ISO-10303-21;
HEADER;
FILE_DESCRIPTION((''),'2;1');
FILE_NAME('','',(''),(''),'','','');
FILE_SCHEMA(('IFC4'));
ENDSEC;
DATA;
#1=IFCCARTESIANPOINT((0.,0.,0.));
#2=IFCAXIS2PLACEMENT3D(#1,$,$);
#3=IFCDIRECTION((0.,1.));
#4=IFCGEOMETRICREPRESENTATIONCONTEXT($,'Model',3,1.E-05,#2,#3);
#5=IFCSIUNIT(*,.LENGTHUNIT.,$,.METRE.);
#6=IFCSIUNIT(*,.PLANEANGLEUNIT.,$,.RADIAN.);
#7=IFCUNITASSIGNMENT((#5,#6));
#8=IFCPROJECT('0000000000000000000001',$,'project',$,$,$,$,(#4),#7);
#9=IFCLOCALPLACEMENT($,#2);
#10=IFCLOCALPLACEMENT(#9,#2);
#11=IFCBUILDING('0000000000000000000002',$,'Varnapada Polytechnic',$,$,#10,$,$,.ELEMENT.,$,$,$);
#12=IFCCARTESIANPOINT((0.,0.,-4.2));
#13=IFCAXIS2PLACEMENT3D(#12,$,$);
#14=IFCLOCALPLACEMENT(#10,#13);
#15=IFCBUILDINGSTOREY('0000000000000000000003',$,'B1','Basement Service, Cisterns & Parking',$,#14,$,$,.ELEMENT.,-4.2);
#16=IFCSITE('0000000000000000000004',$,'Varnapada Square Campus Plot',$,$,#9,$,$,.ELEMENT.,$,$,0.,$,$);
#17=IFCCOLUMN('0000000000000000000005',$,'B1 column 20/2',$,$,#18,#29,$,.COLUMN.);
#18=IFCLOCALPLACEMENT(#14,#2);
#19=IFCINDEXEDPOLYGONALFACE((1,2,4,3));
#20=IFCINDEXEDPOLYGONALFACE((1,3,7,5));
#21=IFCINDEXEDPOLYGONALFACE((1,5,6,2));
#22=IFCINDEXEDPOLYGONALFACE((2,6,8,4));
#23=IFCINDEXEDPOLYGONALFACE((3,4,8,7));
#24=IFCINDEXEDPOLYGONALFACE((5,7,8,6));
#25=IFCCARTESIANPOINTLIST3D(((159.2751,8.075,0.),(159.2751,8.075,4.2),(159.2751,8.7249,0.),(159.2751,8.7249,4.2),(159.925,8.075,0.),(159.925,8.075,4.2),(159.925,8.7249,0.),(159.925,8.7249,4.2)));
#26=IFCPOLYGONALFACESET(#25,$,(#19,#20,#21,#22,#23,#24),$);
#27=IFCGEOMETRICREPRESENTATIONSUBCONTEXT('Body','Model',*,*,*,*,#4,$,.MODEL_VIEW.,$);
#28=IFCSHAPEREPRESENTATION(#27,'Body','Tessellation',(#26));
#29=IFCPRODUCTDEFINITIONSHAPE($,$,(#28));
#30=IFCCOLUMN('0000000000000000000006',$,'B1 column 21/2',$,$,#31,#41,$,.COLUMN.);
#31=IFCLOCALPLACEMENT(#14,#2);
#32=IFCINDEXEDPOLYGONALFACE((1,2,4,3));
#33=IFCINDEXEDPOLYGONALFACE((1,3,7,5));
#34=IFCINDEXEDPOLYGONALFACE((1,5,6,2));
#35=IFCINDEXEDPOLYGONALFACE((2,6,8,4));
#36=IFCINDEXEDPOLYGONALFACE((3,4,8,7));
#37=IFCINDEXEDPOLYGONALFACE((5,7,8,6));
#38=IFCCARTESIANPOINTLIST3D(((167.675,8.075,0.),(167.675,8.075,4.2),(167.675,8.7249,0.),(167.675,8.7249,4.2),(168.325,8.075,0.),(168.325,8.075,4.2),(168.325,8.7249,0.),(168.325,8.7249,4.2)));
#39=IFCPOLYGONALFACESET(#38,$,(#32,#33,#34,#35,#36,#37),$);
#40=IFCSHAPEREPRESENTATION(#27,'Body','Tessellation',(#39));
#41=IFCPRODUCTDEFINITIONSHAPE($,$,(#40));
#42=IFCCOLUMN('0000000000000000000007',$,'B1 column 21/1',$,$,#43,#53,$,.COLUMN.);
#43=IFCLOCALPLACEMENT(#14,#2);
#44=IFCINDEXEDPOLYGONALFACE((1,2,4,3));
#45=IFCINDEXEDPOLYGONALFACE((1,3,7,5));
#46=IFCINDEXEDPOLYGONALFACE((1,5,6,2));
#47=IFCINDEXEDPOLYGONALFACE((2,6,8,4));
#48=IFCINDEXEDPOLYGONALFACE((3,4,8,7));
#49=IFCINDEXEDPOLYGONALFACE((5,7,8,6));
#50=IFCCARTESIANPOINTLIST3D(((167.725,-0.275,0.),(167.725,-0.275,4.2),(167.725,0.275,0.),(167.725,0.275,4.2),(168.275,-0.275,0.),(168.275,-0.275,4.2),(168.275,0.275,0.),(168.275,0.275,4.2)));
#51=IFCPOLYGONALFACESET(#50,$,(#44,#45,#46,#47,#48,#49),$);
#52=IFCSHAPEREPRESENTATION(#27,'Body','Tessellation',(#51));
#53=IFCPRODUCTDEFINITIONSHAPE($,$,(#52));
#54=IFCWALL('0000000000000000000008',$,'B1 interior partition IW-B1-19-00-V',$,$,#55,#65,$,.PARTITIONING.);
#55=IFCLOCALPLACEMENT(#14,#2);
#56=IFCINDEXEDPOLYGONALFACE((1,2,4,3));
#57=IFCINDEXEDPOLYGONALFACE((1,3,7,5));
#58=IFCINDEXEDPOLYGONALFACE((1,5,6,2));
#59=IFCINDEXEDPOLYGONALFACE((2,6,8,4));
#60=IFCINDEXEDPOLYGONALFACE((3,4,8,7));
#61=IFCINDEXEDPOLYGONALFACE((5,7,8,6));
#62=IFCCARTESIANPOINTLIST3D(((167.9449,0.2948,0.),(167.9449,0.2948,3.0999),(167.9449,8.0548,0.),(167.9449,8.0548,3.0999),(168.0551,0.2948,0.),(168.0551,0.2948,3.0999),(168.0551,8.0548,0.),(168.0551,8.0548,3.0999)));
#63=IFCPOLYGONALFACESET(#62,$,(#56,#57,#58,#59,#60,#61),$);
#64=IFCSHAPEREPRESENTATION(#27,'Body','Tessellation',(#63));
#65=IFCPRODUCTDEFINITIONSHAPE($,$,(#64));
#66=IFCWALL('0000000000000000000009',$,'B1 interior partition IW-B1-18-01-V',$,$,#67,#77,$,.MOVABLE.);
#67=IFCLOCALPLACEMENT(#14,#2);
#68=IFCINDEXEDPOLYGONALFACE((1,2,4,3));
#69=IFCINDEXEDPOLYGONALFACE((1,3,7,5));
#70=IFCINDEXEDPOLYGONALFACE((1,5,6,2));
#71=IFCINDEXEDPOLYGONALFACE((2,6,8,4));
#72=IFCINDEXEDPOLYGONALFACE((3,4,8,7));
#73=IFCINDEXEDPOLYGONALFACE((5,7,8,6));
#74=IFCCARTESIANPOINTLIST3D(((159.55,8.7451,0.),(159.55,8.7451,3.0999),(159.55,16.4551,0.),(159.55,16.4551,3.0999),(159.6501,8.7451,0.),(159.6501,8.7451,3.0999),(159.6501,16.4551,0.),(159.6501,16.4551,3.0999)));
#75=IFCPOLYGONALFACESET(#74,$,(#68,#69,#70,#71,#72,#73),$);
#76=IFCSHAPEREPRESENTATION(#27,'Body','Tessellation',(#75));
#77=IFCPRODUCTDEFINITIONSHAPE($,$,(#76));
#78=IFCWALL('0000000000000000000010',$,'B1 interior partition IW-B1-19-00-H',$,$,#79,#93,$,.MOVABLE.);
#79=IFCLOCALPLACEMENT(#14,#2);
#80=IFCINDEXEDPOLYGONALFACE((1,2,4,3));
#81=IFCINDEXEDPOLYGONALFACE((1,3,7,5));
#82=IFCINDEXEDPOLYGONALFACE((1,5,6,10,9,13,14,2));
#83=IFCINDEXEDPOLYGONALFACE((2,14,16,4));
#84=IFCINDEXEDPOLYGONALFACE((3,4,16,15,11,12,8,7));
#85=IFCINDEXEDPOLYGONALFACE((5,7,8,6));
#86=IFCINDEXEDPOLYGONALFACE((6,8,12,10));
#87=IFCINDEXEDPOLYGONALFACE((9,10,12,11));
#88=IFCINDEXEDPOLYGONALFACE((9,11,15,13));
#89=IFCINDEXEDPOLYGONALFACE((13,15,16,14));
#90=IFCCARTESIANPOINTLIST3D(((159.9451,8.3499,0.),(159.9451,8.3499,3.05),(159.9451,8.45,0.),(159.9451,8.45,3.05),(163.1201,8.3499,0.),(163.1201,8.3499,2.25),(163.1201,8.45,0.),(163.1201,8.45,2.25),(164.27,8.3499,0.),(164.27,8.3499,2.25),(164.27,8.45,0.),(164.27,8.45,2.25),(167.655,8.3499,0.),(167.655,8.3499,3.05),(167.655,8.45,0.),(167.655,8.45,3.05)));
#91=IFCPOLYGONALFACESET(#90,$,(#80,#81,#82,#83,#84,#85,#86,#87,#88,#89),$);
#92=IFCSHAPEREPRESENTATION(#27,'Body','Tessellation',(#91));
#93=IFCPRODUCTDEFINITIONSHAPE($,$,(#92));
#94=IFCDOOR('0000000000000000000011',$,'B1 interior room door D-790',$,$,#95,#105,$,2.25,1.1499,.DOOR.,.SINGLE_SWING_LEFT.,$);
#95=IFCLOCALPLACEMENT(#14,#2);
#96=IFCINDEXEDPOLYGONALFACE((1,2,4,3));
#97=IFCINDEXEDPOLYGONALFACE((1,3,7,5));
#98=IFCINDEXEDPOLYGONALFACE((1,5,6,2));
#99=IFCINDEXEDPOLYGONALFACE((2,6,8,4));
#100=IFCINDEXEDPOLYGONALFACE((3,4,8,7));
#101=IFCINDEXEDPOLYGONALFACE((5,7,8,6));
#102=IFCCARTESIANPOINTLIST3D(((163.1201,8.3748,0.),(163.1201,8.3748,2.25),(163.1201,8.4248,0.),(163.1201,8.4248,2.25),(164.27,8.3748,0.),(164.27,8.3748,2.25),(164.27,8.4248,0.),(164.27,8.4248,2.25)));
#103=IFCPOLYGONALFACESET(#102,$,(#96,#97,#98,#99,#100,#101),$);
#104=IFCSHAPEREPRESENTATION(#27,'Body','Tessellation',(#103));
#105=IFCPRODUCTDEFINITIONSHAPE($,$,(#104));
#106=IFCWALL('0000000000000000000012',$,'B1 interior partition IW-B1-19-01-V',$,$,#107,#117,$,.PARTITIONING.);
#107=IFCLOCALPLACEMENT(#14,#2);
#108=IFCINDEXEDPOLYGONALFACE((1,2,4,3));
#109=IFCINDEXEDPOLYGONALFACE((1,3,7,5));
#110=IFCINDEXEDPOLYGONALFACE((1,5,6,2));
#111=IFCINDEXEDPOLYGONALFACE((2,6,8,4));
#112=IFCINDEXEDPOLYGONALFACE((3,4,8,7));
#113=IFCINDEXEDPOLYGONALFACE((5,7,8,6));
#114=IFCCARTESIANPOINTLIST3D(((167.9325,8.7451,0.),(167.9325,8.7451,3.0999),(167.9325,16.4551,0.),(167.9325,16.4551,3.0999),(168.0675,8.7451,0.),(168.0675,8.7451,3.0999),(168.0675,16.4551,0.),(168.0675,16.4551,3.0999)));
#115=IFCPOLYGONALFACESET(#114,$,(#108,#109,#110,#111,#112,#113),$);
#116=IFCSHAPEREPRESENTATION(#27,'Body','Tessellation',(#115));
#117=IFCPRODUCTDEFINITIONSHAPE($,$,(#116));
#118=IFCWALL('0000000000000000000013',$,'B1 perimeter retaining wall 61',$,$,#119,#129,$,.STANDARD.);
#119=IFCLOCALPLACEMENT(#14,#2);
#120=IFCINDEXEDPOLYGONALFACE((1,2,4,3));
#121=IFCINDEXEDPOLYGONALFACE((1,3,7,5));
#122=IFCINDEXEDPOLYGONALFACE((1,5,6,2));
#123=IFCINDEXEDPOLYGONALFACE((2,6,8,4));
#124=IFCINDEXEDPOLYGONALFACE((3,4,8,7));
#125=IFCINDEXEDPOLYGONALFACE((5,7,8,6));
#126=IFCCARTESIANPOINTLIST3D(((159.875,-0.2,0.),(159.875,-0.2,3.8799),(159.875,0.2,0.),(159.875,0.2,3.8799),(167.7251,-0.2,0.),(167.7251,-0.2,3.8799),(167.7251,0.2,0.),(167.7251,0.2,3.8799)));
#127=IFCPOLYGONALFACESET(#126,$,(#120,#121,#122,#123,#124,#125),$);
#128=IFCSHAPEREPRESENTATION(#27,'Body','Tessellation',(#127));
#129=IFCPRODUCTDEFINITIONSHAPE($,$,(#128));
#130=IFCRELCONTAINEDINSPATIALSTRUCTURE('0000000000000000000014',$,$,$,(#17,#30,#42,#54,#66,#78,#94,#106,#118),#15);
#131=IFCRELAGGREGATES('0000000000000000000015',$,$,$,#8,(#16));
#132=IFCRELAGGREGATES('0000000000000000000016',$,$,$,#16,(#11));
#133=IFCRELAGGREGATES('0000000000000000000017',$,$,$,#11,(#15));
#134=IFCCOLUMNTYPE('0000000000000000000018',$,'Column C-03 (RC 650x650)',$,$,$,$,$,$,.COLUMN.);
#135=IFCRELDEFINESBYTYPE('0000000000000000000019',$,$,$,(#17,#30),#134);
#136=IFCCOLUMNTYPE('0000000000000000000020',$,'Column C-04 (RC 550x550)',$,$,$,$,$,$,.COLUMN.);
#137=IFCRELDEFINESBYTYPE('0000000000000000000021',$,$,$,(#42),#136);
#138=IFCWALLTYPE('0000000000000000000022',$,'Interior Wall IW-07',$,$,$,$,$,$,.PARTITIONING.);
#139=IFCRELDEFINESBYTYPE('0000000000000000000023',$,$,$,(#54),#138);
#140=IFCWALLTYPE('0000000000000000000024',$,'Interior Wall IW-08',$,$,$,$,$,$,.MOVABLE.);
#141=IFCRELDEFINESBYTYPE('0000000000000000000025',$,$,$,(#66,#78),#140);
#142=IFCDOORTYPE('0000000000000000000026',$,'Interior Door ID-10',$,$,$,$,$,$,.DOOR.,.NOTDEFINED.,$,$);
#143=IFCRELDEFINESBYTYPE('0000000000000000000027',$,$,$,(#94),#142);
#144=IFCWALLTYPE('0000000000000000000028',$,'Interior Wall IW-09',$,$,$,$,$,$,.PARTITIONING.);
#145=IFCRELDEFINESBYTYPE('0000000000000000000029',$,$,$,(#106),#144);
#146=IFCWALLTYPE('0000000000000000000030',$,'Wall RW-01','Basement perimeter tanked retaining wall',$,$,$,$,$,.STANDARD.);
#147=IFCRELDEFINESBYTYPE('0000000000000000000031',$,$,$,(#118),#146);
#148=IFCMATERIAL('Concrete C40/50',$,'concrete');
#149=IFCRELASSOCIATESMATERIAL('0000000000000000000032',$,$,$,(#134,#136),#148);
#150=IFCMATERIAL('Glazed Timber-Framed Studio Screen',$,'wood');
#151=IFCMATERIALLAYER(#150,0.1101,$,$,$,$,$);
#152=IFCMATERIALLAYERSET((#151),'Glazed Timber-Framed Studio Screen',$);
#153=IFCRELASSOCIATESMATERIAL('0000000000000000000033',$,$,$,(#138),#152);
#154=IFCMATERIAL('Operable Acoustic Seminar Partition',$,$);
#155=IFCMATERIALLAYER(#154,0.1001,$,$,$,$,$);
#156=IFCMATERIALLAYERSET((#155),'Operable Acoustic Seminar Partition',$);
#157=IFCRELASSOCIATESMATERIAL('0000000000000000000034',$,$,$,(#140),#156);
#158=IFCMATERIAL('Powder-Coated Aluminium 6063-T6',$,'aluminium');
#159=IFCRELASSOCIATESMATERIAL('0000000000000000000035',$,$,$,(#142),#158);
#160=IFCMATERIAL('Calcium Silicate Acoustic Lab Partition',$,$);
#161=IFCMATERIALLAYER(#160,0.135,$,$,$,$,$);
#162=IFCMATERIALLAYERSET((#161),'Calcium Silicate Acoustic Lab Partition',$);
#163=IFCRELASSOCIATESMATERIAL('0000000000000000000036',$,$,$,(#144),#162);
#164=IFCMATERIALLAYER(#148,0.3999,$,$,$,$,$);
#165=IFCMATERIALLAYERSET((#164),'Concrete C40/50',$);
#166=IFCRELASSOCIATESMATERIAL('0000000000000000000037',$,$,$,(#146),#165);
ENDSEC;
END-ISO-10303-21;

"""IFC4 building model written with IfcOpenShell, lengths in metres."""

from ifc_helpers import new_model, si_unit, direction, frame, frame_2d, origin, origin_2d, place, context, subcontext, project, spatial, rectangle, extrude, material, layer, layer_set, material_profile, profile_set, type_object, element, fill, save


model = new_model("IFC4")

# Units and contexts
model_context = context("Model", 3, precision=1e-05, world=origin(), true_north=direction((0.0, 1.0)))
body_context = subcontext(model_context, "Body", "Model", "MODEL_VIEW")
ifc_project = project(units=[si_unit("LENGTHUNIT", "METRE"), si_unit("PLANEANGLEUNIT", "RADIAN")], contexts=[model_context])

# Site, building, storey
site_placement = place(None, origin())
site = spatial("IfcSite", under=ifc_project, at=site_placement, Name="Varnapada Square Campus Plot", CompositionType="ELEMENT", RefElevation=0.0)
building_placement = place(site_placement, origin())
building = spatial("IfcBuilding", under=site, at=building_placement, Name="Varnapada Polytechnic", CompositionType="ELEMENT")
storey_placement = place(building_placement, frame((0.0, 0.0, -4.2)))
storey = spatial("IfcBuildingStorey", under=building, at=storey_placement, Name="B1", Description="Basement Service, Cisterns & Parking", CompositionType="ELEMENT", Elevation=-4.2)

# Shared definitions
ifc_material_1 = material(Name="Concrete C40/50", Category="concrete")

# Columns
ifc_material_profile_1 = material_profile(ifc_material_1, rectangle(XDim=0.6499, YDim=0.6499, at=origin_2d()), Name="RC 650x650")
ifc_profile_set_1 = profile_set([ifc_material_profile_1], Name="Concrete C40/50")
column_type_1 = type_object("IfcColumnType", Name="Column C-03 (RC 650x650)", PredefinedType="COLUMN", material=ifc_profile_set_1)
for number, where, z_axis, x_axis, name in (
    (1, (159.6001, 8.3999, 0.0), (0.0, 0.0, 1.0), (1.0, 0.0, 0.0), "B1 column 20/2"),
    (2, (168.0, 8.3999, 0.0), (0.0, 0.0, 1.0), (1.0, 0.0, 0.0), "B1 column 21/2"),
):
    element("IfcColumn", number, at=place(storey_placement, frame(where, z_axis=z_axis, x_axis=x_axis)), inside=storey, type_object=column_type_1, Name=name, PredefinedType="COLUMN", context=body_context, shape_type="SweptSolid", body=[
        extrude(rectangle(XDim=0.6499, YDim=0.6499, at=origin_2d()), origin(), (0.0, 0.0, 1.0), 4.2),
    ])
ifc_material_profile_2 = material_profile(ifc_material_1, rectangle(XDim=0.55, YDim=0.55, at=origin_2d()), Name="RC 550x550")
ifc_profile_set_2 = profile_set([ifc_material_profile_2], Name="Concrete C40/50")
column_type_2 = type_object("IfcColumnType", Name="Column C-04 (RC 550x550)", PredefinedType="COLUMN", material=ifc_profile_set_2)
column_placement = place(storey_placement, frame((168.0, 0.0, 0.0), z_axis=(0.0, 0.0, 1.0), x_axis=(1.0, 0.0, 0.0)))
element("IfcColumn", 3, at=column_placement, inside=storey, type_object=column_type_2, Name="B1 column 21/1", PredefinedType="COLUMN", context=body_context, shape_type="SweptSolid", body=[
    extrude(rectangle(XDim=0.55, YDim=0.55, at=origin_2d()), origin(), (0.0, 0.0, 1.0), 4.2),
])

# Walls
ifc_material_2 = material(Name="Glazed Timber-Framed Studio Screen", Category="wood")
ifc_layer_1 = layer(ifc_material_2, 0.1101)
ifc_layer_set_1 = layer_set([ifc_layer_1], Name="Glazed Timber-Framed Studio Screen")
wall_type_1 = type_object("IfcWallType", Name="Interior Wall IW-07", PredefinedType="PARTITIONING", material=ifc_layer_set_1)
wall_1_placement = place(storey_placement, frame((168.0, 0.2949, 0.0), z_axis=(0.0, 0.0, 1.0), x_axis=(0.0, 1.0, 0.0)))
element("IfcWall", 4, at=wall_1_placement, inside=storey, type_object=wall_type_1, Name="B1 interior partition IW-B1-19-00-V", PredefinedType="PARTITIONING", context=body_context, shape_type="SweptSolid", body=[
    extrude(rectangle(XDim=7.76, YDim=0.1101, at=frame_2d((3.8799, 0.0))), origin(), (0.0, 0.0, 1.0), 3.0999),
])
ifc_material_3 = material(Name="Operable Acoustic Seminar Partition")
ifc_layer_2 = layer(ifc_material_3, 0.1001)
ifc_layer_set_2 = layer_set([ifc_layer_2], Name="Operable Acoustic Seminar Partition")
wall_type_2 = type_object("IfcWallType", Name="Interior Wall IW-08", PredefinedType="MOVABLE", material=ifc_layer_set_2)
wall_2_placement = place(storey_placement, frame((159.6001, 8.7451, 0.0), z_axis=(0.0, 0.0, 1.0), x_axis=(0.0, 1.0, 0.0)))
element("IfcWall", 5, at=wall_2_placement, inside=storey, type_object=wall_type_2, Name="B1 interior partition IW-B1-18-01-V", PredefinedType="MOVABLE", context=body_context, shape_type="SweptSolid", body=[
    extrude(rectangle(XDim=7.71, YDim=0.1001, at=frame_2d((3.855, 0.0))), origin(), (0.0, 0.0, 1.0), 3.0999),
])

# Wall, opening, door
wall_3_placement = place(storey_placement, frame((159.9451, 8.3999, 0.0), z_axis=(0.0, 0.0, 1.0), x_axis=(1.0, 0.0, 0.0)))
wall_3 = element("IfcWall", 6, at=wall_3_placement, inside=storey, type_object=wall_type_2, Name="B1 interior partition IW-B1-19-00-H", PredefinedType="MOVABLE", context=body_context, shape_type="SweptSolid", body=[
    extrude(rectangle(XDim=7.71, YDim=0.1001, at=frame_2d((3.855, 0.0))), origin(), (0.0, 0.0, 1.0), 3.05),
])
opening_placement = place(wall_3_placement, frame((3.175, 0.0, 0.0)))
opening = element("IfcOpeningElement", 7, at=opening_placement, cuts=wall_3, PredefinedType="OPENING", context=body_context, shape_type="SweptSolid", body=[
    extrude(rectangle(XDim=1.1499, YDim=2.25, at=frame_2d((0.575, 1.125))), frame((0.0, 0.0601, 0.0), z_axis=(0.0, -1.0, 0.0), x_axis=(1.0, 0.0, 0.0)), (0.0, 0.0, 1.0), 0.1201),
])
ifc_material_4 = material(Name="Powder-Coated Aluminium 6063-T6", Category="aluminium")
door_type = type_object("IfcDoorType", Name="Interior Door ID-10", OperationType="NOTDEFINED", PredefinedType="DOOR", material=ifc_material_4)
door_placement = place(opening_placement, origin())
door = element("IfcDoor", 8, at=door_placement, inside=storey, type_object=door_type, Name="B1 interior room door D-790", OperationType="SINGLE_SWING_LEFT", OverallHeight=2.25, OverallWidth=1.1499, PredefinedType="DOOR", context=body_context, shape_type="SweptSolid", body=[
    extrude(rectangle(XDim=1.1499, YDim=2.25, at=frame_2d((0.575, 1.125))), frame((0.0, 0.0249, 0.0), z_axis=(0.0, -1.0, 0.0), x_axis=(1.0, 0.0, 0.0)), (0.0, 0.0, 1.0), 0.05),
])
fill(opening, door)

# Walls
ifc_material_5 = material(Name="Calcium Silicate Acoustic Lab Partition")
ifc_layer_3 = layer(ifc_material_5, 0.135)
ifc_layer_set_3 = layer_set([ifc_layer_3], Name="Calcium Silicate Acoustic Lab Partition")
wall_type_3 = type_object("IfcWallType", Name="Interior Wall IW-09", PredefinedType="PARTITIONING", material=ifc_layer_set_3)
wall_4_placement = place(storey_placement, frame((168.0, 8.7451, 0.0), z_axis=(0.0, 0.0, 1.0), x_axis=(0.0, 1.0, 0.0)))
element("IfcWall", 9, at=wall_4_placement, inside=storey, type_object=wall_type_3, Name="B1 interior partition IW-B1-19-01-V", PredefinedType="PARTITIONING", context=body_context, shape_type="SweptSolid", body=[
    extrude(rectangle(XDim=7.71, YDim=0.135, at=frame_2d((3.855, 0.0))), origin(), (0.0, 0.0, 1.0), 3.0999),
])
ifc_layer_4 = layer(ifc_material_1, 0.3999)
ifc_layer_set_4 = layer_set([ifc_layer_4], Name="Concrete C40/50")
wall_type_4 = type_object("IfcWallType", Name="Wall RW-01", Description="Basement perimeter tanked retaining wall", PredefinedType="STANDARD", material=ifc_layer_set_4)
wall_5_placement = place(storey_placement, frame((167.7251, 0.0, 0.0), z_axis=(0.0, 0.0, 1.0), x_axis=(-1.0, 0.0, 0.0)))
element("IfcWall", 10, at=wall_5_placement, inside=storey, type_object=wall_type_4, Name="B1 perimeter retaining wall 61", PredefinedType="STANDARD", context=body_context, shape_type="SweptSolid", body=[
    extrude(rectangle(XDim=7.8501, YDim=0.3999, at=frame_2d((3.925, 0.0))), origin(), (0.0, 0.0, 1.0), 3.8799),
])

save(model, "model.ifc")
